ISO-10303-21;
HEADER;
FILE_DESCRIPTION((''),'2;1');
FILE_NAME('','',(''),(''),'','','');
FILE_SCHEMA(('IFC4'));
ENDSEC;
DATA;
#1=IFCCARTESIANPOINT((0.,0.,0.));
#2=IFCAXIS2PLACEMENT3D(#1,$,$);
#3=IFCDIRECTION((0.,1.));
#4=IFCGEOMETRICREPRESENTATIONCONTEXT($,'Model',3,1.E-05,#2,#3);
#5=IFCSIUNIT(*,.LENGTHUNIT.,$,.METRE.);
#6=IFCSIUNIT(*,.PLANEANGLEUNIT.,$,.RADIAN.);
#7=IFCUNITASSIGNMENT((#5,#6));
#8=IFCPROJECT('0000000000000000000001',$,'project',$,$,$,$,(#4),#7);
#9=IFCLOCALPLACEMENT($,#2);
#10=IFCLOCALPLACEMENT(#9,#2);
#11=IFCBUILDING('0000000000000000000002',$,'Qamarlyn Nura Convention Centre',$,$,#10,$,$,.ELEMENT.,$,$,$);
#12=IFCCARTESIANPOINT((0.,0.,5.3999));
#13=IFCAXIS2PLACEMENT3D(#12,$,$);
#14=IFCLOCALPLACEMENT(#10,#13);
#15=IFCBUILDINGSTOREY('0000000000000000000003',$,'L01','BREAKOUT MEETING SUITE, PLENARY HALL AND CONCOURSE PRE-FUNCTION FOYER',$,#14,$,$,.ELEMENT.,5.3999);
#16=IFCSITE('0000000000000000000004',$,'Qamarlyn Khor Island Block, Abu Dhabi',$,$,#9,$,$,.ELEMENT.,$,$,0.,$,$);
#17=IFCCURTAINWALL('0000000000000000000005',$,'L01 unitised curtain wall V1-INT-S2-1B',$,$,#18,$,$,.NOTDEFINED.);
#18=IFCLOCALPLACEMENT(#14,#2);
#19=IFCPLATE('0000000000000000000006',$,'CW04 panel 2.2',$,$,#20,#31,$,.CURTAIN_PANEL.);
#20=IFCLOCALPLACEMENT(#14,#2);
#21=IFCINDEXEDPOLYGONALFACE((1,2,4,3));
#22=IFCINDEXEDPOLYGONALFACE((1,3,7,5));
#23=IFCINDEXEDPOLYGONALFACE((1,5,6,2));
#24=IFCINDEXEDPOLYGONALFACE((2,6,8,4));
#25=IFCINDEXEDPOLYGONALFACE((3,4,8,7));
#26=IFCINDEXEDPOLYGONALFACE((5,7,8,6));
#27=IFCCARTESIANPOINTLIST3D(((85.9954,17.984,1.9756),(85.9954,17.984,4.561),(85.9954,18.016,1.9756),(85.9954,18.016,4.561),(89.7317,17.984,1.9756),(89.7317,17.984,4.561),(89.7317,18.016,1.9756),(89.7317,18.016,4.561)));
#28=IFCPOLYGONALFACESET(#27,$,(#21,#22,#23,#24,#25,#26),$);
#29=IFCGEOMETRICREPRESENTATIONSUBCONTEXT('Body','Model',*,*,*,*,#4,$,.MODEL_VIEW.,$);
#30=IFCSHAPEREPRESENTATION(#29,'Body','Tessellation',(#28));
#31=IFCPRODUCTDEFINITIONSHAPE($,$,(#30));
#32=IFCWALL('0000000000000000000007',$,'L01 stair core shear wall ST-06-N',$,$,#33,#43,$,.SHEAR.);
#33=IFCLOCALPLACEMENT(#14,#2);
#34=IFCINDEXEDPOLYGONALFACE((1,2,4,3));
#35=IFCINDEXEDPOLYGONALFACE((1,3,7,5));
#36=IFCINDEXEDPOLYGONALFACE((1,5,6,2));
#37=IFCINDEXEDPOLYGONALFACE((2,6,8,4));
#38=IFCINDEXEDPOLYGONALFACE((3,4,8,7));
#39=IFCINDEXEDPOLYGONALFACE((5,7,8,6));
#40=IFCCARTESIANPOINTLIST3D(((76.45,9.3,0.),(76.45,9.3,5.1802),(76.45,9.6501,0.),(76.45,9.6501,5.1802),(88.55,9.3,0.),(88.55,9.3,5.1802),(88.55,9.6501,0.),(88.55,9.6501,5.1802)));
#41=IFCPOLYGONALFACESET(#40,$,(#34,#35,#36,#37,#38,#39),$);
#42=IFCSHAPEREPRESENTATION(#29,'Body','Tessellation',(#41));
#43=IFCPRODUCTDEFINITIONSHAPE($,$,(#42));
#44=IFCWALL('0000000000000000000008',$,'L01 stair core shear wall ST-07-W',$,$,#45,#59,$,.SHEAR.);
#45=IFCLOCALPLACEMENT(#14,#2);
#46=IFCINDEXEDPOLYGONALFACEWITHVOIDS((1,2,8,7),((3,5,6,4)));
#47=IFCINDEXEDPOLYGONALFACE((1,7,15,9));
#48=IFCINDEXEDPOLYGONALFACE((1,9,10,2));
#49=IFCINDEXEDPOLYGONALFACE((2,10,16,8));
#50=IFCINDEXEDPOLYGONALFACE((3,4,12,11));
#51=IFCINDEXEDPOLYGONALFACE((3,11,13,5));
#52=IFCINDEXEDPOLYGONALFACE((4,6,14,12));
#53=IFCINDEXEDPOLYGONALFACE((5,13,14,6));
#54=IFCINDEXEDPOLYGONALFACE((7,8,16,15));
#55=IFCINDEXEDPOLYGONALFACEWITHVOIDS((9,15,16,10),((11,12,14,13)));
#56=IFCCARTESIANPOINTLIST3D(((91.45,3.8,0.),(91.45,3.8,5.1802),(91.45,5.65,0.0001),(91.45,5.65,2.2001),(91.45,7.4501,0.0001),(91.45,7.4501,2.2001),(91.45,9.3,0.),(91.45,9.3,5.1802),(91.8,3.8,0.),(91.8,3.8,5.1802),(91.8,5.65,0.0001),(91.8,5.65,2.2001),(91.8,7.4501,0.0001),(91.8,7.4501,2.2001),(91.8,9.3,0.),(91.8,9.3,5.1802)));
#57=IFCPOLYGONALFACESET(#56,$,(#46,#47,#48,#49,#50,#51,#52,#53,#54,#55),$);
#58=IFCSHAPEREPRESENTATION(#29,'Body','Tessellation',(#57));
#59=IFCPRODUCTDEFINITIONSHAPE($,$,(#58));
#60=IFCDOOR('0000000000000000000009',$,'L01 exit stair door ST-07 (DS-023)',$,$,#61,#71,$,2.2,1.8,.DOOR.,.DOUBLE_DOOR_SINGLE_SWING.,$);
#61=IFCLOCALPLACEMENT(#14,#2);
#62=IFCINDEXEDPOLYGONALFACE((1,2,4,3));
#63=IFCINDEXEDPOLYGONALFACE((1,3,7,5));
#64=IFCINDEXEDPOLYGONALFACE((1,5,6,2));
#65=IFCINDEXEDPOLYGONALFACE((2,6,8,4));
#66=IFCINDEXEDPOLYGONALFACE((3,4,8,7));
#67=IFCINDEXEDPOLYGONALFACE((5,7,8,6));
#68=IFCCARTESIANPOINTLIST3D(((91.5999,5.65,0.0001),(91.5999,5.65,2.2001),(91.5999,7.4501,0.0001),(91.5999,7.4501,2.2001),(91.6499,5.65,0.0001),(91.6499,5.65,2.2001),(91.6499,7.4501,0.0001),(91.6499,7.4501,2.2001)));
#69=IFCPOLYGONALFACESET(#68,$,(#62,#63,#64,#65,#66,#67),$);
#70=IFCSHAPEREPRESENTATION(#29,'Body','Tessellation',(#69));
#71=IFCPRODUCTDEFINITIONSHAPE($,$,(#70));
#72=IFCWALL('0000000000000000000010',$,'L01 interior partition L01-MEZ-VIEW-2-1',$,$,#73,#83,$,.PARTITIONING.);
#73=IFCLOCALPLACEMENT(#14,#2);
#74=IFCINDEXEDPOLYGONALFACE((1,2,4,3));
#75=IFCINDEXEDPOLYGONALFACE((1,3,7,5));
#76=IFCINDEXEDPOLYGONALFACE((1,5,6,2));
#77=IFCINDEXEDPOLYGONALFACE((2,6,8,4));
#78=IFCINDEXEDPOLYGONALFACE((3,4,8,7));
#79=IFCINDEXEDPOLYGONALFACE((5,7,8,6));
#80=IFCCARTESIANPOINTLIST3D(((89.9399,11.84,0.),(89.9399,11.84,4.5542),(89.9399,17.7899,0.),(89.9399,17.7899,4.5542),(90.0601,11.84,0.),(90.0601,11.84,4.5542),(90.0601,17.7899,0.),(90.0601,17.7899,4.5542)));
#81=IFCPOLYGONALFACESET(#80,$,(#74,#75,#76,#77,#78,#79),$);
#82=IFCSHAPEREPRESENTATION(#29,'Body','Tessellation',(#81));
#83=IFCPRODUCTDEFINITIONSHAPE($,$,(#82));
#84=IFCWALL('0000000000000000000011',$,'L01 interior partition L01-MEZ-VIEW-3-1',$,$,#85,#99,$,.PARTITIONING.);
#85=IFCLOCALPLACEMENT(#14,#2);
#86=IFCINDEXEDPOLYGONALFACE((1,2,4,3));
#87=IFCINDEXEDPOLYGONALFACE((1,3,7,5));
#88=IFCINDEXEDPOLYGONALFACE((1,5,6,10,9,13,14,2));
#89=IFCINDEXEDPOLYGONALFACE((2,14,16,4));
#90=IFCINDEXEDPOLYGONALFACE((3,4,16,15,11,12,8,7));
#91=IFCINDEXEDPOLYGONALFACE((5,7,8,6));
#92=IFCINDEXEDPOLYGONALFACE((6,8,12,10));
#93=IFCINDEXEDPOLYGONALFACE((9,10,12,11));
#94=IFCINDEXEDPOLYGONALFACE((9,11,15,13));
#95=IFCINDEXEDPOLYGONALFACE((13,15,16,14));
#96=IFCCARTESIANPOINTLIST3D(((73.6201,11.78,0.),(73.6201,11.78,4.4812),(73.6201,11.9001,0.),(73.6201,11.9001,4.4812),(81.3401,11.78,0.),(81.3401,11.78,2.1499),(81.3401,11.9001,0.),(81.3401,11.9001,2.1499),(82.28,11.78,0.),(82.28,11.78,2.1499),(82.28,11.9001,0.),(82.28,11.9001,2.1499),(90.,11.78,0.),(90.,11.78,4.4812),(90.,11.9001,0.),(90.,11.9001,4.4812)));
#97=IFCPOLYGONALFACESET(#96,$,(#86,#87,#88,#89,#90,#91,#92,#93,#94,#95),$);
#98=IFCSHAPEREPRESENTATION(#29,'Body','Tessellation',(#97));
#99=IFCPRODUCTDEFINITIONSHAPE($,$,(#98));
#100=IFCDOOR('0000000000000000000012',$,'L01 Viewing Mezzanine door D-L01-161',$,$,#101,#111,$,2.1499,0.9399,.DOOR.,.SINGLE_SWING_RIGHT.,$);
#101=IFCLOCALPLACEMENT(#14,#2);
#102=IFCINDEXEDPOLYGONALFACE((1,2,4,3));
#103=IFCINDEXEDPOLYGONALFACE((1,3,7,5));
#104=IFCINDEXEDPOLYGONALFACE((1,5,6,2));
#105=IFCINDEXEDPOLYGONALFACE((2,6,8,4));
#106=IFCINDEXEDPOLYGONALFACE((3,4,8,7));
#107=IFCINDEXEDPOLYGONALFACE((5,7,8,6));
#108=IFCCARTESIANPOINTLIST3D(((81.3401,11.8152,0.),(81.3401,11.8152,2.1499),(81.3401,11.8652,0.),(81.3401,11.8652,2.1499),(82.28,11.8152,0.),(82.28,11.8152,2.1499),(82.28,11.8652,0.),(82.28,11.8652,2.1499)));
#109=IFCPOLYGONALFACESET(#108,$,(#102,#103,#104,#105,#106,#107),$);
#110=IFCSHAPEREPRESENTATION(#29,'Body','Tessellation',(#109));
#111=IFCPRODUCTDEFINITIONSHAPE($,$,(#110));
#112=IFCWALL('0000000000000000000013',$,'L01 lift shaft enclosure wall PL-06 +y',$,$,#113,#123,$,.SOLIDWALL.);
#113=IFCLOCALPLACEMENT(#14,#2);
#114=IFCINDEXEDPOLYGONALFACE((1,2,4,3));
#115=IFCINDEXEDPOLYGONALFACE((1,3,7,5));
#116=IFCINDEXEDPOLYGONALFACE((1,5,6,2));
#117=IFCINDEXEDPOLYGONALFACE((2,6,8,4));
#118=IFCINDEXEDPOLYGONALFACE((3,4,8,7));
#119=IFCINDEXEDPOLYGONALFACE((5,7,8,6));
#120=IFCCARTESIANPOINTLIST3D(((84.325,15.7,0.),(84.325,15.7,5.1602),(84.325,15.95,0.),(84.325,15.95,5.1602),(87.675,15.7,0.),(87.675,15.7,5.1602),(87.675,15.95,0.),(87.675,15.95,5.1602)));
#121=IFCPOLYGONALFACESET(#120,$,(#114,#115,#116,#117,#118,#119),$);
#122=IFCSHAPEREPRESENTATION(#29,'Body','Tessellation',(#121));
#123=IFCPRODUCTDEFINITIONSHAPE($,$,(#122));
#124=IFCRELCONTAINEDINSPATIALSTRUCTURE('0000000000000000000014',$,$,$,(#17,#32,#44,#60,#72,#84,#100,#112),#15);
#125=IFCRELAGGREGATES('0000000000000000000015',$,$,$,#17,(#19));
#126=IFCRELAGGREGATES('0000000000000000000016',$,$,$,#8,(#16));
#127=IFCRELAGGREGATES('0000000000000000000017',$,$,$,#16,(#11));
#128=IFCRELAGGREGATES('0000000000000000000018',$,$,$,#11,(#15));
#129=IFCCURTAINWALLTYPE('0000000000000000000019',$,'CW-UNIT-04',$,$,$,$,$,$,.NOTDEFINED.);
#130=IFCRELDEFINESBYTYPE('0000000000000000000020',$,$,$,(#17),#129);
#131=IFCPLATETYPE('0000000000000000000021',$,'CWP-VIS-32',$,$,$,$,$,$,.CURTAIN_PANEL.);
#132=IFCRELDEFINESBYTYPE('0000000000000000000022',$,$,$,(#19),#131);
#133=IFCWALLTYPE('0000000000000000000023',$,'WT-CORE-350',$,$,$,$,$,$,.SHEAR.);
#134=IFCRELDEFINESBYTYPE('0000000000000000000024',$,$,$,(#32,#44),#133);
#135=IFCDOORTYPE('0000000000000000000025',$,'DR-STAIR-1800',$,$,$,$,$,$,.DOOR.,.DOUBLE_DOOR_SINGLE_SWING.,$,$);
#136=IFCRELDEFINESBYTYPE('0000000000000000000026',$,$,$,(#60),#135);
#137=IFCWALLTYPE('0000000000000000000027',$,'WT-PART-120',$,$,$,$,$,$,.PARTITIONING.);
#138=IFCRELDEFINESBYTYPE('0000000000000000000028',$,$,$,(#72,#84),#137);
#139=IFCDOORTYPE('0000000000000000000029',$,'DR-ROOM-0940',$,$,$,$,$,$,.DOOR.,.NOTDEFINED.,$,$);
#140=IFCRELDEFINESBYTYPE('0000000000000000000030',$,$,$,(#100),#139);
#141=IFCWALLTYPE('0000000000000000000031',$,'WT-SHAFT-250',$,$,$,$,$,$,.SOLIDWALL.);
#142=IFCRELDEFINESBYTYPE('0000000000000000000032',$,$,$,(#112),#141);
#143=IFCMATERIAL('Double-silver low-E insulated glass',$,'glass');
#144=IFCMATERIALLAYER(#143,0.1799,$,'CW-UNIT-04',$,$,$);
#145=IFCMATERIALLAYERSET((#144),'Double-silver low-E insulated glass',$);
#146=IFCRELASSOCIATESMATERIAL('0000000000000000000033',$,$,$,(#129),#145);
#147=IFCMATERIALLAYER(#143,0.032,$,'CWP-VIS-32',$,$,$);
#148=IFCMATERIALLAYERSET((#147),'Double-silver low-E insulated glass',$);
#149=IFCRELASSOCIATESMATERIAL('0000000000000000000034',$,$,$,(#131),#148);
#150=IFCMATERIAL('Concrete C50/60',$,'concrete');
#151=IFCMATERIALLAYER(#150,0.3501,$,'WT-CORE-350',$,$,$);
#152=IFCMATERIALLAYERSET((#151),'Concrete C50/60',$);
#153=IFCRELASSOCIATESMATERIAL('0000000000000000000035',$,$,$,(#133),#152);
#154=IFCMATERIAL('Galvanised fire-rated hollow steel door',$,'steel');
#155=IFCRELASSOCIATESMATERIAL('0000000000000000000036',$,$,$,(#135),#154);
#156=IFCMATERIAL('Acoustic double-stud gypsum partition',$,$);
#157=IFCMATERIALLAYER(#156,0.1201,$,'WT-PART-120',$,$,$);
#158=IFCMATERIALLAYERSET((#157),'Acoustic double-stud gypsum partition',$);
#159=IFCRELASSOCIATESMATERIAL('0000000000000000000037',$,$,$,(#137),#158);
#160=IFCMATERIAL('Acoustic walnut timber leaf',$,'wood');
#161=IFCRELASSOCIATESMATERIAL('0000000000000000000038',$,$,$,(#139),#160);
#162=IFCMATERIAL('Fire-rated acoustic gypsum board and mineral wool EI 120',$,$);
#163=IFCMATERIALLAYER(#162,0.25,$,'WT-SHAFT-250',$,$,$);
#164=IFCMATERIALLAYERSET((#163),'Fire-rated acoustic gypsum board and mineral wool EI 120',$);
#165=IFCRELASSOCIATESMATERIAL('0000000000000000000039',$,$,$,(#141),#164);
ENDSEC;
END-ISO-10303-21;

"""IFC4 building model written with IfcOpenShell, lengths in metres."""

from ifc_helpers import new_model, si_unit, direction, frame, frame_2d, origin, origin_2d, place, context, subcontext, project, spatial, rectangle, extrude, material, layer, layer_set, type_object, element, fill, aggregate, save


model = new_model("IFC4")

# Units and contexts
model_context = context("Model", 3, precision=1e-05, world=origin(), true_north=direction((0.0, 1.0)))
body_context = subcontext(model_context, "Body", "Model", "MODEL_VIEW")
ifc_project = project(units=[si_unit("LENGTHUNIT", "METRE"), si_unit("PLANEANGLEUNIT", "RADIAN")], contexts=[model_context])

# Site, building, storey
site_placement = place(None, origin())
site = spatial("IfcSite", under=ifc_project, at=site_placement, Name="Qamarlyn Khor Island Block, Abu Dhabi", CompositionType="ELEMENT", RefElevation=0.0)
building_placement = place(site_placement, origin())
building = spatial("IfcBuilding", under=site, at=building_placement, Name="Qamarlyn Nura Convention Centre", CompositionType="ELEMENT")
storey_placement = place(building_placement, frame((0.0, 0.0, 5.3999)))
storey = spatial("IfcBuildingStorey", under=building, at=storey_placement, Name="L01", Description="BREAKOUT MEETING SUITE, PLENARY HALL AND CONCOURSE PRE-FUNCTION FOYER", CompositionType="ELEMENT", Elevation=5.3999)

# Shared definitions
ifc_material_1 = material(Name="Double-silver low-E insulated glass", Category="glass")

# Curtain wall
ifc_layer_1 = layer(ifc_material_1, 0.1799, Name="CW-UNIT-04")
ifc_layer_set_1 = layer_set([ifc_layer_1], Name="Double-silver low-E insulated glass")
curtain_wall_type_1 = type_object("IfcCurtainWallType", Name="CW-UNIT-04", PredefinedType="NOTDEFINED", material=ifc_layer_set_1)
curtain_wall_1_placement = place(storey_placement, origin())
curtain_wall_1 = element("IfcCurtainWall", 1, at=curtain_wall_1_placement, inside=storey, type_object=curtain_wall_type_1, Name="L01 unitised curtain wall V1-INT-S2-1B", PredefinedType="NOTDEFINED")

# Plate
ifc_layer_2 = layer(ifc_material_1, 0.032, Name="CWP-VIS-32")
ifc_layer_set_2 = layer_set([ifc_layer_2], Name="Double-silver low-E insulated glass")
plate_type_1 = type_object("IfcPlateType", Name="CWP-VIS-32", PredefinedType="CURTAIN_PANEL", material=ifc_layer_set_2)
plate_1_placement = place(storey_placement, frame((87.8635, 18.0, 1.9756), z_axis=(0.0, 0.0, 1.0), x_axis=(1.0, 0.0, 0.0)))
plate_1 = element("IfcPlate", 2, at=plate_1_placement, type_object=plate_type_1, Name="CW04 panel 2.2", PredefinedType="CURTAIN_PANEL", context=body_context, shape_type="SweptSolid", body=[
    extrude(rectangle(XDim=3.7363, YDim=0.032, at=origin_2d()), origin(), (0.0, 0.0, 1.0), 2.5854),
])
aggregate(curtain_wall_1, [plate_1])

# Wall
ifc_material_2 = material(Name="Concrete C50/60", Category="concrete")
ifc_layer_3 = layer(ifc_material_2, 0.3501, Name="WT-CORE-350")
ifc_layer_set_3 = layer_set([ifc_layer_3], Name="Concrete C50/60")
wall_type_1 = type_object("IfcWallType", Name="WT-CORE-350", PredefinedType="SHEAR", material=ifc_layer_set_3)
wall_1_placement = place(storey_placement, frame((88.55, 9.4751, 0.0), z_axis=(0.0, 0.0, 1.0), x_axis=(-1.0, 0.0, 0.0)))
element("IfcWall", 3, at=wall_1_placement, inside=storey, type_object=wall_type_1, Name="L01 stair core shear wall ST-06-N", PredefinedType="SHEAR", context=body_context, shape_type="SweptSolid", body=[
    extrude(rectangle(XDim=12.1001, YDim=0.3501, at=frame_2d((6.05, 0.0))), origin(), (0.0, 0.0, 1.0), 5.1802),
])

# Wall, opening, door
wall_2_placement = place(storey_placement, frame((91.625, 9.3, 0.0), z_axis=(0.0, 0.0, 1.0), x_axis=(0.0, -1.0, 0.0)))
wall_2 = element("IfcWall", 4, at=wall_2_placement, inside=storey, type_object=wall_type_1, Name="L01 stair core shear wall ST-07-W", PredefinedType="SHEAR", context=body_context, shape_type="SweptSolid", body=[
    extrude(rectangle(XDim=5.5, YDim=0.3501, at=frame_2d((2.75, 0.0))), origin(), (0.0, 0.0, 1.0), 5.1802),
])
opening_1_placement = place(wall_2_placement, frame((1.8501, 0.0, 0.0)))
opening_1 = element("IfcOpeningElement", 5, at=opening_1_placement, cuts=wall_2, PredefinedType="OPENING", context=body_context, shape_type="SweptSolid", body=[
    extrude(rectangle(XDim=1.8, YDim=2.2, at=frame_2d((0.8999, 1.1001))), frame((0.0, 0.1851, 0.0), z_axis=(0.0, -1.0, 0.0), x_axis=(1.0, 0.0, 0.0)), (0.0, 0.0, 1.0), 0.3701),
])
ifc_material_3 = material(Name="Galvanised fire-rated hollow steel door", Category="steel")
door_type_1 = type_object("IfcDoorType", Name="DR-STAIR-1800", OperationType="DOUBLE_DOOR_SINGLE_SWING", PredefinedType="DOOR", material=ifc_material_3)
door_1_placement = place(opening_1_placement, origin())
door_1 = element("IfcDoor", 6, at=door_1_placement, inside=storey, type_object=door_type_1, Name="L01 exit stair door ST-07 (DS-023)", OperationType="DOUBLE_DOOR_SINGLE_SWING", OverallHeight=2.2, OverallWidth=1.8, PredefinedType="DOOR", context=body_context, shape_type="SweptSolid", body=[
    extrude(rectangle(XDim=1.8, YDim=2.2, at=frame_2d((0.8999, 1.1001))), frame((0.0, 0.0249, 0.0), z_axis=(0.0, -1.0, 0.0), x_axis=(1.0, 0.0, 0.0)), (0.0, 0.0, 1.0), 0.05),
])
fill(opening_1, door_1)

# Wall
ifc_material_4 = material(Name="Acoustic double-stud gypsum partition")
ifc_layer_4 = layer(ifc_material_4, 0.1201, Name="WT-PART-120")
ifc_layer_set_4 = layer_set([ifc_layer_4], Name="Acoustic double-stud gypsum partition")
wall_type_2 = type_object("IfcWallType", Name="WT-PART-120", PredefinedType="PARTITIONING", material=ifc_layer_set_4)
wall_3_placement = place(storey_placement, frame((90.0, 17.79, 0.0), z_axis=(0.0, 0.0, 1.0), x_axis=(0.0, -1.0, 0.0)))
element("IfcWall", 7, at=wall_3_placement, inside=storey, type_object=wall_type_2, Name="L01 interior partition L01-MEZ-VIEW-2-1", PredefinedType="PARTITIONING", context=body_context, shape_type="SweptSolid", body=[
    extrude(rectangle(XDim=5.95, YDim=0.1201, at=frame_2d((2.9751, 0.0))), origin(), (0.0, 0.0, 1.0), 4.5542),
])

# Wall, opening, door
wall_4_placement = place(storey_placement, frame((90.0, 11.8401, 0.0), z_axis=(0.0, 0.0, 1.0), x_axis=(-1.0, 0.0, 0.0)))
wall_4 = element("IfcWall", 8, at=wall_4_placement, inside=storey, type_object=wall_type_2, Name="L01 interior partition L01-MEZ-VIEW-3-1", PredefinedType="PARTITIONING", context=body_context, shape_type="SweptSolid", body=[
    extrude(rectangle(XDim=16.3799, YDim=0.1201, at=frame_2d((8.1899, 0.0))), origin(), (0.0, 0.0, 1.0), 4.4812),
])
opening_2_placement = place(wall_4_placement, frame((7.72, 0.0, 0.0)))
opening_2 = element("IfcOpeningElement", 9, at=opening_2_placement, cuts=wall_4, PredefinedType="OPENING", context=body_context, shape_type="SweptSolid", body=[
    extrude(rectangle(XDim=0.9399, YDim=2.1499, at=frame_2d((0.47, 1.075))), frame((0.0, 0.0701, 0.0), z_axis=(0.0, -1.0, 0.0), x_axis=(1.0, 0.0, 0.0)), (0.0, 0.0, 1.0), 0.1401),
])
ifc_material_5 = material(Name="Acoustic walnut timber leaf", Category="wood")
door_type_2 = type_object("IfcDoorType", Name="DR-ROOM-0940", OperationType="NOTDEFINED", PredefinedType="DOOR", material=ifc_material_5)
door_2_placement = place(opening_2_placement, origin())
door_2 = element("IfcDoor", 10, at=door_2_placement, inside=storey, type_object=door_type_2, Name="L01 Viewing Mezzanine door D-L01-161", OperationType="SINGLE_SWING_RIGHT", OverallHeight=2.1499, OverallWidth=0.9399, PredefinedType="DOOR", context=body_context, shape_type="SweptSolid", body=[
    extrude(rectangle(XDim=0.9399, YDim=2.1499, at=frame_2d((0.47, 1.075))), frame((0.0, 0.0249, 0.0), z_axis=(0.0, -1.0, 0.0), x_axis=(1.0, 0.0, 0.0)), (0.0, 0.0, 1.0), 0.05),
])
fill(opening_2, door_2)

# Wall
ifc_material_6 = material(Name="Fire-rated acoustic gypsum board and mineral wool EI 120")
ifc_layer_5 = layer(ifc_material_6, 0.25, Name="WT-SHAFT-250")
ifc_layer_set_5 = layer_set([ifc_layer_5], Name="Fire-rated acoustic gypsum board and mineral wool EI 120")
wall_type_3 = type_object("IfcWallType", Name="WT-SHAFT-250", PredefinedType="SOLIDWALL", material=ifc_layer_set_5)
wall_5_placement = place(storey_placement, frame((87.675, 15.825, 0.0), z_axis=(0.0, 0.0, 1.0), x_axis=(-1.0, 0.0, 0.0)))
element("IfcWall", 11, at=wall_5_placement, inside=storey, type_object=wall_type_3, Name="L01 lift shaft enclosure wall PL-06 +y", PredefinedType="SOLIDWALL", context=body_context, shape_type="SweptSolid", body=[
    extrude(rectangle(XDim=3.3501, YDim=0.25, at=frame_2d((1.675, 0.0))), origin(), (0.0, 0.0, 1.0), 5.1602),
])

save(model, "model.ifc")
